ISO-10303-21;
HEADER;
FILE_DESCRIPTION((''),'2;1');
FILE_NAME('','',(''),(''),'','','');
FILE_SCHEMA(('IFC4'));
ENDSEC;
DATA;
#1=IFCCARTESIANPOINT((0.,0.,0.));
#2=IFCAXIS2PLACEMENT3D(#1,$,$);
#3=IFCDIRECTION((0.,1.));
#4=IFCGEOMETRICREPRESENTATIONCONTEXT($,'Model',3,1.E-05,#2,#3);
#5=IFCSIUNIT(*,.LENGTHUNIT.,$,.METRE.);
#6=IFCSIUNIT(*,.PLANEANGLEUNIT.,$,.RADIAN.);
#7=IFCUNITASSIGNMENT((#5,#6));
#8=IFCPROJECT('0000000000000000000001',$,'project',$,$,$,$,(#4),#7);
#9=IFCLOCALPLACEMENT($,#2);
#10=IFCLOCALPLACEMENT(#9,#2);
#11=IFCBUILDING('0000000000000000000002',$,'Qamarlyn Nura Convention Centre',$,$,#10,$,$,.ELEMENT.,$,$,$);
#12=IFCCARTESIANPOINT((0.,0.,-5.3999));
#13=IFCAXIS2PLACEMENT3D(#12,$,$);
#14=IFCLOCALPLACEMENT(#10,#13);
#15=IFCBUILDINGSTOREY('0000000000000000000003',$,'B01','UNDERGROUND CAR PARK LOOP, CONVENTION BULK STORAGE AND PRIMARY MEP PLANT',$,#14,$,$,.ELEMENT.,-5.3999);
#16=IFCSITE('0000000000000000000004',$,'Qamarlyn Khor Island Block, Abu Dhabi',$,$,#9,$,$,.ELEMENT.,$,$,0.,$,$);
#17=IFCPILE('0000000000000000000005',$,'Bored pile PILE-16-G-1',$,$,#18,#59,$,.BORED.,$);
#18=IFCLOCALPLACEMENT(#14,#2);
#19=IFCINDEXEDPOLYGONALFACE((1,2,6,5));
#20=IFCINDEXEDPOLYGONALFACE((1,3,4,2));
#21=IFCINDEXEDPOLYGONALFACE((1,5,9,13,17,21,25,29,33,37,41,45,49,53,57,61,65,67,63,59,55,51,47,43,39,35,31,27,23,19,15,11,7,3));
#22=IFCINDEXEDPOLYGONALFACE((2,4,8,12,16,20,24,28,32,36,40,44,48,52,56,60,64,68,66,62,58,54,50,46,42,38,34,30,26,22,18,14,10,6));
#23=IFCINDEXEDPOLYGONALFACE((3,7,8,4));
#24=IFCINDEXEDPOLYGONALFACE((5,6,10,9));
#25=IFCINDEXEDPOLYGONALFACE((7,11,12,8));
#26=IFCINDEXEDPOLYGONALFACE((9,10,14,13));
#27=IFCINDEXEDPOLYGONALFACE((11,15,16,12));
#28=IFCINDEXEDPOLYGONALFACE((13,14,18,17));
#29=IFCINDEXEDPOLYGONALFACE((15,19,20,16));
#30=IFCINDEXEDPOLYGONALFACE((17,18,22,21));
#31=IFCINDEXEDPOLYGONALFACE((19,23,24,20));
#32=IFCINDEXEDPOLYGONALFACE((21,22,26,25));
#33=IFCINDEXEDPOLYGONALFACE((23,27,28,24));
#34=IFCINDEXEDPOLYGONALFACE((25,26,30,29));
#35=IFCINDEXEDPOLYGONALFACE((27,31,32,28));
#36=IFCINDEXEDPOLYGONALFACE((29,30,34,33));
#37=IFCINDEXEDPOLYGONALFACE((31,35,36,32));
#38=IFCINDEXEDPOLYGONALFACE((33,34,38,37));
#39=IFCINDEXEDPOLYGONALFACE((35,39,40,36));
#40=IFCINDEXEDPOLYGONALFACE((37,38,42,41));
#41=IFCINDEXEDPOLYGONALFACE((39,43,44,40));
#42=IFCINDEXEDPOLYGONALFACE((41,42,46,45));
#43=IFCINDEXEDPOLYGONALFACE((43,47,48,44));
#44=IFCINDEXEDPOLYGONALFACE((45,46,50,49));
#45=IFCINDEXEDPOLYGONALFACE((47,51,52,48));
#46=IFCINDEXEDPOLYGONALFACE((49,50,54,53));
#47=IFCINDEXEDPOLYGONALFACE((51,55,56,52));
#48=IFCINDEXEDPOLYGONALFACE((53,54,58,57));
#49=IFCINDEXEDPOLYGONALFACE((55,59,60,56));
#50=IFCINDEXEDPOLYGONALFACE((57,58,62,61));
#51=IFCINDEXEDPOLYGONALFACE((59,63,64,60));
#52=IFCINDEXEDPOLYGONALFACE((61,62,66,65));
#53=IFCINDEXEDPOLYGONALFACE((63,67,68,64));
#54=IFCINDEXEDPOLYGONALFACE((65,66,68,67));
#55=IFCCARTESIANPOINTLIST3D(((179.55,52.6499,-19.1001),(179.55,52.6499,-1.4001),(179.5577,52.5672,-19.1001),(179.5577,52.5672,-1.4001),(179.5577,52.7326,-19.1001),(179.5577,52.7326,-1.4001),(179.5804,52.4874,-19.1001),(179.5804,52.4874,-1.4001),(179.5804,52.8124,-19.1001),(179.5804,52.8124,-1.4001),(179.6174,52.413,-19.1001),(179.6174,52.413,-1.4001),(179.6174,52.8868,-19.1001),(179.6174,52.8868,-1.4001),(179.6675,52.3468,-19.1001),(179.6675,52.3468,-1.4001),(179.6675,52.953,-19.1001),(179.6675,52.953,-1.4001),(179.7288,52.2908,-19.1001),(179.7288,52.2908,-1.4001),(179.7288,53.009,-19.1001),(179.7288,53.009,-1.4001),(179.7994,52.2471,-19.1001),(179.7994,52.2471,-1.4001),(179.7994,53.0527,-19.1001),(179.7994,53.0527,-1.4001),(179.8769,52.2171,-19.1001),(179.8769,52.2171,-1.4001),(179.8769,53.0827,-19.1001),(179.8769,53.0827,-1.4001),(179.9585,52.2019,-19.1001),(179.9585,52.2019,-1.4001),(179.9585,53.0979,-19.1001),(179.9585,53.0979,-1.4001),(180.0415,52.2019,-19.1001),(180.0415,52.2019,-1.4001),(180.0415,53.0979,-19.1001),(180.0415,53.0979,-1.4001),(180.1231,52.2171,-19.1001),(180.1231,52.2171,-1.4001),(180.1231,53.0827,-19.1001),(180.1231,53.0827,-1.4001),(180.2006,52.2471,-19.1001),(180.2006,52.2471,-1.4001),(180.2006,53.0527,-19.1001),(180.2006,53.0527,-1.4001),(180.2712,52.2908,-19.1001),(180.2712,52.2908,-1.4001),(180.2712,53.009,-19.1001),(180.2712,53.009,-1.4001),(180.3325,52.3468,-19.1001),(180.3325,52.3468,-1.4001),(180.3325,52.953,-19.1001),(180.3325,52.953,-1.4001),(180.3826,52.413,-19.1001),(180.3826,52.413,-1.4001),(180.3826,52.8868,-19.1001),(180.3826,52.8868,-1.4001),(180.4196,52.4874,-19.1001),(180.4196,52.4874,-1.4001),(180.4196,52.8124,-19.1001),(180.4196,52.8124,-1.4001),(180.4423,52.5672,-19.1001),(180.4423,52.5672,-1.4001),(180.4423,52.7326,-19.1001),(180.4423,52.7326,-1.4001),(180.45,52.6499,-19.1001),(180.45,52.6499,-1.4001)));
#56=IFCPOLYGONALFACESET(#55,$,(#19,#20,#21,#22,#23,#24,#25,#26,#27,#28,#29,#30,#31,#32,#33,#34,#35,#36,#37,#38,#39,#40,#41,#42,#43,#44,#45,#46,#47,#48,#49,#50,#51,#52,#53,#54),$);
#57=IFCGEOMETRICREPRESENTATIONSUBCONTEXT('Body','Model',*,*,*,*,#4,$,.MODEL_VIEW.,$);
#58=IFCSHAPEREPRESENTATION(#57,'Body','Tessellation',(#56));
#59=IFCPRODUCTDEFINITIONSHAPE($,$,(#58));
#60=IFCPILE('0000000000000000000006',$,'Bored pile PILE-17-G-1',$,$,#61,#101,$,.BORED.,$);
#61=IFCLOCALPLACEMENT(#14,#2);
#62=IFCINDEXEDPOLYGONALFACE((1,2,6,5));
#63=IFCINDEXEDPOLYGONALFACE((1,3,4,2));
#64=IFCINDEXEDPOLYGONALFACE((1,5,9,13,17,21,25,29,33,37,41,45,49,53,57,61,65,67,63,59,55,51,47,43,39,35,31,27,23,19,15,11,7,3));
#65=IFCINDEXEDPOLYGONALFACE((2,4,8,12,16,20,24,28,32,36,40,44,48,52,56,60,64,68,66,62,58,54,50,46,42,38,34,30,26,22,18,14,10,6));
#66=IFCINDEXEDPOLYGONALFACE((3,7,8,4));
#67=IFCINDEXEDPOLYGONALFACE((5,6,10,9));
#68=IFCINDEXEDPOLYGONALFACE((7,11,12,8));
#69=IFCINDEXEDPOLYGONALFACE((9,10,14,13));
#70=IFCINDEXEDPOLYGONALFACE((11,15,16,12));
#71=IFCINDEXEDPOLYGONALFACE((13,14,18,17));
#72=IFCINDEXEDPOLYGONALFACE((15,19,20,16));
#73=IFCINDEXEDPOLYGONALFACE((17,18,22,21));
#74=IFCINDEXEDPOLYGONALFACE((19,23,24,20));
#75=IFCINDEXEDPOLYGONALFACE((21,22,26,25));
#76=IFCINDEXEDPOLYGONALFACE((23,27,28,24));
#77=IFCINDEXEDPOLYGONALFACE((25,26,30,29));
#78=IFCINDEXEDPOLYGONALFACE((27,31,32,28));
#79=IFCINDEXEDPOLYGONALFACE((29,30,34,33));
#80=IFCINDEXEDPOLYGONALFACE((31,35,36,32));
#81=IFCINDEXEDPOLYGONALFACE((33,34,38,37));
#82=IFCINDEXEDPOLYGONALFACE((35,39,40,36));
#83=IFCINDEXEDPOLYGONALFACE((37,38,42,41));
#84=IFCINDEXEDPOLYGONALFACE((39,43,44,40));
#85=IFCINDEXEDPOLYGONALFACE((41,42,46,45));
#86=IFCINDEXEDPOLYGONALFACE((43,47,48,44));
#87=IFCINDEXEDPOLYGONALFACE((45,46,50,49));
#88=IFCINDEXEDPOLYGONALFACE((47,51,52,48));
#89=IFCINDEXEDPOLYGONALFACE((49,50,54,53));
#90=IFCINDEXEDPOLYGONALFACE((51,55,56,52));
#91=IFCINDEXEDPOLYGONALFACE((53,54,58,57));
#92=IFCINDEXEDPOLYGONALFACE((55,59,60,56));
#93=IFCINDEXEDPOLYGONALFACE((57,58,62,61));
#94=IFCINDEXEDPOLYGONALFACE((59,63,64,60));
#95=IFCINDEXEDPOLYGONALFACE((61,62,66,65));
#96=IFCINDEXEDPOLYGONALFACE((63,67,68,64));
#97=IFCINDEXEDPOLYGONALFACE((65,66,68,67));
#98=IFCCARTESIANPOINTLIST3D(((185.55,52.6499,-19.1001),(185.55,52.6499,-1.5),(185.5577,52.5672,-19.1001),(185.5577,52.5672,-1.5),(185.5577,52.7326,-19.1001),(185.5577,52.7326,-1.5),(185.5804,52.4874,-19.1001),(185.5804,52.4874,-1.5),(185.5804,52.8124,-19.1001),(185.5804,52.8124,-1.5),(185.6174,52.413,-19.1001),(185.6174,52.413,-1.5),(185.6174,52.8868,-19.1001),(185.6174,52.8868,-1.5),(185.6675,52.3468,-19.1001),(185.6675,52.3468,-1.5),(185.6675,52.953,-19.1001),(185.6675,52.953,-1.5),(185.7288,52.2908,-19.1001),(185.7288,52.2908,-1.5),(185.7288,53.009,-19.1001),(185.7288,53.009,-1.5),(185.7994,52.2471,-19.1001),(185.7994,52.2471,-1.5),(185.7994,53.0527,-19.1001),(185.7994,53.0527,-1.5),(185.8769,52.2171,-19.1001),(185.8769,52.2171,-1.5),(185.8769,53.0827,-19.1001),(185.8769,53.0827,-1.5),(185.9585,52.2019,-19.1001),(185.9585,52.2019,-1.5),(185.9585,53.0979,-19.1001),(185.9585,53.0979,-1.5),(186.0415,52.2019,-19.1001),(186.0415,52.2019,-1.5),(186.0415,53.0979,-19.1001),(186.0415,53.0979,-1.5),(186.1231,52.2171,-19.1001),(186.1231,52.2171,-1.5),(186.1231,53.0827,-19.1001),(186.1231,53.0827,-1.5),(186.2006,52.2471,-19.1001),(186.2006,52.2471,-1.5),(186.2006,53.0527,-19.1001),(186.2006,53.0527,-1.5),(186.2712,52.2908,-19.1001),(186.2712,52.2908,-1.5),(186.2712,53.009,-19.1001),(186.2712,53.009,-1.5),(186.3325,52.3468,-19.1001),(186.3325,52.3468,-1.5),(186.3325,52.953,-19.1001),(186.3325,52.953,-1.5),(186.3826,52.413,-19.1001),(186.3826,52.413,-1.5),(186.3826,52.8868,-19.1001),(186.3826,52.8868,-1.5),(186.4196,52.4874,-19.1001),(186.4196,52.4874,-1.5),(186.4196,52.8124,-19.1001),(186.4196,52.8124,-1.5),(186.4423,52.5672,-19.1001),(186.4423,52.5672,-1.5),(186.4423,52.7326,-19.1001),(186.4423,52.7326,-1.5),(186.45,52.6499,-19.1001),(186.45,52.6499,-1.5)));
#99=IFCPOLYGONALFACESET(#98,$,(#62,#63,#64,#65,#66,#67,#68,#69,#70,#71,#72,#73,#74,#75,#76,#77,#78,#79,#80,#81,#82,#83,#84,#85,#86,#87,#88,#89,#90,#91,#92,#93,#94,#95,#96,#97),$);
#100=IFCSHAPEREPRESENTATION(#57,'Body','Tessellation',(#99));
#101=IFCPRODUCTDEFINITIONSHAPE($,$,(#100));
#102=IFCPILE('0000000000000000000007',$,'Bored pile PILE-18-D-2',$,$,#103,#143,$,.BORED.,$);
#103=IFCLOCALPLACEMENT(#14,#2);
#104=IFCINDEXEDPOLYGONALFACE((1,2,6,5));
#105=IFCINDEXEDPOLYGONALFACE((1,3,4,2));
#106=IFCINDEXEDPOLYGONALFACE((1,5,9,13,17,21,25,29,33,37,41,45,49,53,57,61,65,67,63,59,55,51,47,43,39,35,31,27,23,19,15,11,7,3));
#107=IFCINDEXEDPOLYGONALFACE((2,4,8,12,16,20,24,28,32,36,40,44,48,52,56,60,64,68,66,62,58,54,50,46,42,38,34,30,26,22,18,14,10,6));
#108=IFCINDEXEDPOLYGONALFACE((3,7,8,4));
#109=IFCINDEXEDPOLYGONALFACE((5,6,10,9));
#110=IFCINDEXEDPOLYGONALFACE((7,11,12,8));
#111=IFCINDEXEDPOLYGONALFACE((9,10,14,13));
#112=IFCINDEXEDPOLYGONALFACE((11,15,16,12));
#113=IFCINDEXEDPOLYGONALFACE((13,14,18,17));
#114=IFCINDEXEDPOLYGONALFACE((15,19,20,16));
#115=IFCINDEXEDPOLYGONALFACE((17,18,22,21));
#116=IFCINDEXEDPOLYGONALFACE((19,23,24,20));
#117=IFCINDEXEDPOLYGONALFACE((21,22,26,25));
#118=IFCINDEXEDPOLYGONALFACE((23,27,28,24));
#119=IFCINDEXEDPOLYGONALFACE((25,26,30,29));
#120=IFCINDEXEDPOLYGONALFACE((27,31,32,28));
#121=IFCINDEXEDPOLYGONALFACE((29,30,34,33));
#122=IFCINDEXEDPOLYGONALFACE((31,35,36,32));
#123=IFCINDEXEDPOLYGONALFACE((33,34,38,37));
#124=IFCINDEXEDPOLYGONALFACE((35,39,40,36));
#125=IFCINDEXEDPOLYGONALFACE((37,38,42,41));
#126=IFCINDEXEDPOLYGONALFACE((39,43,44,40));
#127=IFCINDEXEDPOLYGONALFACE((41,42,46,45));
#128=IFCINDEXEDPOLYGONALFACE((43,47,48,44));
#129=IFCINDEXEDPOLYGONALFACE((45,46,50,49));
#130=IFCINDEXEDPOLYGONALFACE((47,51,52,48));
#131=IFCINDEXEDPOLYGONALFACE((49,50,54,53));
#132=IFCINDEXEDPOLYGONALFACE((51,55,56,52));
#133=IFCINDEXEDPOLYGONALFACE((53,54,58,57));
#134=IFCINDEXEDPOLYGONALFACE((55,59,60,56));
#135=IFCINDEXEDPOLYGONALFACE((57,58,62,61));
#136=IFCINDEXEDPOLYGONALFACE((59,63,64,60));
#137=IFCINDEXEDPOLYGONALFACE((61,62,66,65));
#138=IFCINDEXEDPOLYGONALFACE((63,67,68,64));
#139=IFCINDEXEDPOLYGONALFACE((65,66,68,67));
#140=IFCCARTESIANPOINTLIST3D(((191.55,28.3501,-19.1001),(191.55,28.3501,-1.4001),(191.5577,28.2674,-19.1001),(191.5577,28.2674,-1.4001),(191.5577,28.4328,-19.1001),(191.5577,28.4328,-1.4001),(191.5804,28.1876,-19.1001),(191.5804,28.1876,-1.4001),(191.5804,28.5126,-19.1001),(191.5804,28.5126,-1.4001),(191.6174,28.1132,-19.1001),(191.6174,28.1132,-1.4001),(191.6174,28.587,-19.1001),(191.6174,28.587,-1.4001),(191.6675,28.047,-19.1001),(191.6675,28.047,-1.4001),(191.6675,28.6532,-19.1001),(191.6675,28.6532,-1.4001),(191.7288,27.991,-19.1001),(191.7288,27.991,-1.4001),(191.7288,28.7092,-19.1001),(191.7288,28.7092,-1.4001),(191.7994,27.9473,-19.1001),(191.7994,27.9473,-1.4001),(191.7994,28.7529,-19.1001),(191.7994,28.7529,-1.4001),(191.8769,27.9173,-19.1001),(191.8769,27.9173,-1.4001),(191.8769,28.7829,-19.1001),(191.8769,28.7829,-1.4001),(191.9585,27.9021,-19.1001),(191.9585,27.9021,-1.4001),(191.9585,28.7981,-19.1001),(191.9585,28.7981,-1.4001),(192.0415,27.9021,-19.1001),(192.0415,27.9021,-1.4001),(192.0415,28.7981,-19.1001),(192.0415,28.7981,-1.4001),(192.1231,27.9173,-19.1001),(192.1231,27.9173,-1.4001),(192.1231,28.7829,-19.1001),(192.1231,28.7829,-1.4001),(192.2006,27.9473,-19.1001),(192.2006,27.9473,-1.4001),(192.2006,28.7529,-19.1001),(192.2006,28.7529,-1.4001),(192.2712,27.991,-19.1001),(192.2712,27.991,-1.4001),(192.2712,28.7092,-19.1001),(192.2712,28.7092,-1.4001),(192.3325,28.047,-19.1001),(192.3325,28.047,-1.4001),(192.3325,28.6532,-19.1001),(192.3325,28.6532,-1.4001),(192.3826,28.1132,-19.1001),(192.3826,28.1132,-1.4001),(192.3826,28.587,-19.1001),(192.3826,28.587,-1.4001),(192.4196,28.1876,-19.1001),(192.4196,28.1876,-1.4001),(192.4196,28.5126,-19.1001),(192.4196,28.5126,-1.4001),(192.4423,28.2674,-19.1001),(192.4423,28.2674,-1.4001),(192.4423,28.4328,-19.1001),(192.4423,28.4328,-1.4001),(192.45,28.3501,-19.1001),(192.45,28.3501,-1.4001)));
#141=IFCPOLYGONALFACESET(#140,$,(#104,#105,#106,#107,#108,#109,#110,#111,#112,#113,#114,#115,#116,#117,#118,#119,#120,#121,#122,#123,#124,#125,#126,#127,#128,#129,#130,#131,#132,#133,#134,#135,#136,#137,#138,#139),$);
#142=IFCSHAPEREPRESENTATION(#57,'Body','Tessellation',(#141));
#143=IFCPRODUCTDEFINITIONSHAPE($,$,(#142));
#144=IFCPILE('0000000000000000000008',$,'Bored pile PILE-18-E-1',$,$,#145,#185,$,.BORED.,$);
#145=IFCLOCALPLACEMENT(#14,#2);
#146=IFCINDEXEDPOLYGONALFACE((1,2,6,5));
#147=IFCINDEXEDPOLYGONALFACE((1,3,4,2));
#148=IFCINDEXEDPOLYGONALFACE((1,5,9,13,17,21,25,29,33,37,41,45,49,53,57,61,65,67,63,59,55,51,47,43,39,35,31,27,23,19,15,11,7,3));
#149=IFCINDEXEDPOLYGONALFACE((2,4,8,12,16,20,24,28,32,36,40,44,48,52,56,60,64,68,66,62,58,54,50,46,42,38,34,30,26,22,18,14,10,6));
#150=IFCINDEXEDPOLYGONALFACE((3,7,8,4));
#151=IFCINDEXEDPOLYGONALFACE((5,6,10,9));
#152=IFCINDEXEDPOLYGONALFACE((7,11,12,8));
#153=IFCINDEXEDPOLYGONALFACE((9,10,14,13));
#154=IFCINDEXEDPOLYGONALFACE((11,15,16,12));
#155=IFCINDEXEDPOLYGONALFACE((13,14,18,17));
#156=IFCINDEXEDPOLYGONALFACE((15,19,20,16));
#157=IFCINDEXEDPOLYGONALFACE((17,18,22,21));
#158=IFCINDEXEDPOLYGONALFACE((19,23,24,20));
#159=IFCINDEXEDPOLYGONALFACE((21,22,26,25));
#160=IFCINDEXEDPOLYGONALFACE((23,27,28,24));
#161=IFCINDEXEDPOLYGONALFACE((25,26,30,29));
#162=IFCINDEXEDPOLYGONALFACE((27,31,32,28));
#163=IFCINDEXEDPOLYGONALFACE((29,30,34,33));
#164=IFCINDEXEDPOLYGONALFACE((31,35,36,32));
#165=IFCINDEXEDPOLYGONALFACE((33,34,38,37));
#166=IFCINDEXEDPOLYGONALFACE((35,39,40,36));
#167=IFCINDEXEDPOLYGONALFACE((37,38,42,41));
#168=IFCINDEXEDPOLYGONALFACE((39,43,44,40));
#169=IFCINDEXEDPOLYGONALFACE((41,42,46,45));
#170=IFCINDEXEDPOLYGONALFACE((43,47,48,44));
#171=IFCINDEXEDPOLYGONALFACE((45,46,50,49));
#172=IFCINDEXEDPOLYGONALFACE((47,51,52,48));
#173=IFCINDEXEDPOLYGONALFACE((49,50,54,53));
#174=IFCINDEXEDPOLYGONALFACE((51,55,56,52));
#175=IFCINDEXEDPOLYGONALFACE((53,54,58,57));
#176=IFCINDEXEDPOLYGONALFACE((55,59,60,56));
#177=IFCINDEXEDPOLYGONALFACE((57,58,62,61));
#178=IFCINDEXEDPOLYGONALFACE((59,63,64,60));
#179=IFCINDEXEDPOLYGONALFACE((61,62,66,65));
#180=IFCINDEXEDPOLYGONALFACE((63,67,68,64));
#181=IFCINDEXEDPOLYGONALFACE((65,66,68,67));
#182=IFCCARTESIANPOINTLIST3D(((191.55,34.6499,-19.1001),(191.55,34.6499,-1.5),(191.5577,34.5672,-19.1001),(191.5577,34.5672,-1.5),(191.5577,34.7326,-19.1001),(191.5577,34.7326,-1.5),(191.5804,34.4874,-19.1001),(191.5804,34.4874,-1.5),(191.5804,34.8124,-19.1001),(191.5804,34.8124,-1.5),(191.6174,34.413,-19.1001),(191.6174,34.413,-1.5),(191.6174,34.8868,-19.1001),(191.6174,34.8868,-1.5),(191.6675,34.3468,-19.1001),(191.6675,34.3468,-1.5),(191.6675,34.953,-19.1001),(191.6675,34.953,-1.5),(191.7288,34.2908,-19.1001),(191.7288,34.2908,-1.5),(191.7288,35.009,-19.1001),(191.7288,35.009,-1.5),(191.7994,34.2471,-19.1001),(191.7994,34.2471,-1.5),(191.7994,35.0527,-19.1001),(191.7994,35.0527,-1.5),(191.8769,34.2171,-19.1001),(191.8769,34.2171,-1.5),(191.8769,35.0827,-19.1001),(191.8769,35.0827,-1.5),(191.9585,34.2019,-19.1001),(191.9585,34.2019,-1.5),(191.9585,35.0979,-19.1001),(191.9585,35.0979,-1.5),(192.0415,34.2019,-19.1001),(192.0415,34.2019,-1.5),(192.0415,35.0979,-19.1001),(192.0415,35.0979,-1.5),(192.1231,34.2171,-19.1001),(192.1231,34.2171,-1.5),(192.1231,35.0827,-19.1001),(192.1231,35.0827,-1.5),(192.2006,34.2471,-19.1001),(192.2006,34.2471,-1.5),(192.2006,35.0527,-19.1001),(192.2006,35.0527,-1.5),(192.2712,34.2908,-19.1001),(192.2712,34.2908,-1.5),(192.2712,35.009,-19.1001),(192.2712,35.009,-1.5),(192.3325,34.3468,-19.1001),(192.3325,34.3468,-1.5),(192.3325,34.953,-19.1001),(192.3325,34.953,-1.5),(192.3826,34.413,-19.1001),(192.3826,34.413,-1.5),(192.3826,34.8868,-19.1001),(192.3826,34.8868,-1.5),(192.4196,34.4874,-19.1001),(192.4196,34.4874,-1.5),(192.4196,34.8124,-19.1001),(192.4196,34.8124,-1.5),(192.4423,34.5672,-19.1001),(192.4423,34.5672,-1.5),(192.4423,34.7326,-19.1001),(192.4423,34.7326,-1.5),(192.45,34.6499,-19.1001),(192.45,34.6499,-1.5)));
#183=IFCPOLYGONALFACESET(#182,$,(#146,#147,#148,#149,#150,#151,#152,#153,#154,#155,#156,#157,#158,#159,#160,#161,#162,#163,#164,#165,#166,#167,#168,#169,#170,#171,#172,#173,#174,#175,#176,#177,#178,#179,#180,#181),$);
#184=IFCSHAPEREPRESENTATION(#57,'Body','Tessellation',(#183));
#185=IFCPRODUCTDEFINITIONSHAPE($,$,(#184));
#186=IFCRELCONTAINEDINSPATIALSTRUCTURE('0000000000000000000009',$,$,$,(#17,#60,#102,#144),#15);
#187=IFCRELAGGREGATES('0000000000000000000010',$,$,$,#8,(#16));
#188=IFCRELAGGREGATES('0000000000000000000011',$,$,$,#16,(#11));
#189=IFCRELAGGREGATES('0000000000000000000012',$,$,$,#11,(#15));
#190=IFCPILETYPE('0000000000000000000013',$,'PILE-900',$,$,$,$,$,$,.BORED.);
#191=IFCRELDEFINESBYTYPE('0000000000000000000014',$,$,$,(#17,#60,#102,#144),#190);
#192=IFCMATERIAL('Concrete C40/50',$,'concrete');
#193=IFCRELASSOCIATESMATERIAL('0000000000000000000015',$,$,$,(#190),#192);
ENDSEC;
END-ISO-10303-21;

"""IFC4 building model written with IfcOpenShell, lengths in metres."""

from ifc_helpers import new_model, si_unit, direction, frame, origin, origin_2d, place, context, subcontext, project, spatial, circle, extrude, material, material_profile, profile_set, type_object, element, save


model = new_model("IFC4")

# Units and contexts
model_context = context("Model", 3, precision=1e-05, world=origin(), true_north=direction((0.0, 1.0)))
body_context = subcontext(model_context, "Body", "Model", "MODEL_VIEW")
ifc_project = project(units=[si_unit("LENGTHUNIT", "METRE"), si_unit("PLANEANGLEUNIT", "RADIAN")], contexts=[model_context])

# Site, building, storey
site_placement = place(None, origin())
site = spatial("IfcSite", under=ifc_project, at=site_placement, Name="Qamarlyn Khor Island Block, Abu Dhabi", CompositionType="ELEMENT", RefElevation=0.0)
building_placement = place(site_placement, origin())
building = spatial("IfcBuilding", under=site, at=building_placement, Name="Qamarlyn Nura Convention Centre", CompositionType="ELEMENT")
storey_placement = place(building_placement, frame((0.0, 0.0, -5.3999)))
storey = spatial("IfcBuildingStorey", under=building, at=storey_placement, Name="B01", Description="UNDERGROUND CAR PARK LOOP, CONVENTION BULK STORAGE AND PRIMARY MEP PLANT", CompositionType="ELEMENT", Elevation=-5.3999)

# Shared definitions
ifc_material_1 = material(Name="Concrete C40/50", Category="concrete")

# Piles
ifc_material_profile_1 = material_profile(ifc_material_1, circle(Radius=0.45, at=origin_2d()), Name="BORED PILE 900")
ifc_profile_set_1 = profile_set([ifc_material_profile_1], Name="Concrete C40/50")
pile_type = type_object("IfcPileType", Name="PILE-900", PredefinedType="BORED", material=ifc_profile_set_1)
pile_1_placement = place(storey_placement, frame((180.0, 52.6499, -1.4001), z_axis=(0.0, 0.0, -1.0), x_axis=(1.0, 0.0, 0.0)))
element("IfcPile", 1, at=pile_1_placement, inside=storey, type_object=pile_type, Name="Bored pile PILE-16-G-1", PredefinedType="BORED", context=body_context, shape_type="SweptSolid", body=[
    extrude(circle(Radius=0.45, at=origin_2d()), origin(), (0.0, 0.0, 1.0), 17.7),
])
pile_2_placement = place(storey_placement, frame((186.0, 52.6499, -1.5), z_axis=(0.0, 0.0, -1.0), x_axis=(1.0, 0.0, 0.0)))
element("IfcPile", 2, at=pile_2_placement, inside=storey, type_object=pile_type, Name="Bored pile PILE-17-G-1", PredefinedType="BORED", context=body_context, shape_type="SweptSolid", body=[
    extrude(circle(Radius=0.45, at=origin_2d()), origin(), (0.0, 0.0, 1.0), 17.6001),
])
pile_3_placement = place(storey_placement, frame((192.0, 28.3501, -1.4001), z_axis=(0.0, 0.0, -1.0), x_axis=(1.0, 0.0, 0.0)))
element("IfcPile", 3, at=pile_3_placement, inside=storey, type_object=pile_type, Name="Bored pile PILE-18-D-2", PredefinedType="BORED", context=body_context, shape_type="SweptSolid", body=[
    extrude(circle(Radius=0.45, at=origin_2d()), origin(), (0.0, 0.0, 1.0), 17.7),
])
for number, where, z_axis, x_axis, name in (
    (4, (192.0, 34.6499, -1.5), (0.0, 0.0, -1.0), (1.0, 0.0, 0.0), "Bored pile PILE-18-E-1"),
):
    element("IfcPile", number, at=place(storey_placement, frame(where, z_axis=z_axis, x_axis=x_axis)), inside=storey, type_object=pile_type, Name=name, PredefinedType="BORED", context=body_context, shape_type="SweptSolid", body=[
        extrude(circle(Radius=0.45, at=origin_2d()), origin(), (0.0, 0.0, 1.0), 17.6001),
    ])

save(model, "model.ifc")
